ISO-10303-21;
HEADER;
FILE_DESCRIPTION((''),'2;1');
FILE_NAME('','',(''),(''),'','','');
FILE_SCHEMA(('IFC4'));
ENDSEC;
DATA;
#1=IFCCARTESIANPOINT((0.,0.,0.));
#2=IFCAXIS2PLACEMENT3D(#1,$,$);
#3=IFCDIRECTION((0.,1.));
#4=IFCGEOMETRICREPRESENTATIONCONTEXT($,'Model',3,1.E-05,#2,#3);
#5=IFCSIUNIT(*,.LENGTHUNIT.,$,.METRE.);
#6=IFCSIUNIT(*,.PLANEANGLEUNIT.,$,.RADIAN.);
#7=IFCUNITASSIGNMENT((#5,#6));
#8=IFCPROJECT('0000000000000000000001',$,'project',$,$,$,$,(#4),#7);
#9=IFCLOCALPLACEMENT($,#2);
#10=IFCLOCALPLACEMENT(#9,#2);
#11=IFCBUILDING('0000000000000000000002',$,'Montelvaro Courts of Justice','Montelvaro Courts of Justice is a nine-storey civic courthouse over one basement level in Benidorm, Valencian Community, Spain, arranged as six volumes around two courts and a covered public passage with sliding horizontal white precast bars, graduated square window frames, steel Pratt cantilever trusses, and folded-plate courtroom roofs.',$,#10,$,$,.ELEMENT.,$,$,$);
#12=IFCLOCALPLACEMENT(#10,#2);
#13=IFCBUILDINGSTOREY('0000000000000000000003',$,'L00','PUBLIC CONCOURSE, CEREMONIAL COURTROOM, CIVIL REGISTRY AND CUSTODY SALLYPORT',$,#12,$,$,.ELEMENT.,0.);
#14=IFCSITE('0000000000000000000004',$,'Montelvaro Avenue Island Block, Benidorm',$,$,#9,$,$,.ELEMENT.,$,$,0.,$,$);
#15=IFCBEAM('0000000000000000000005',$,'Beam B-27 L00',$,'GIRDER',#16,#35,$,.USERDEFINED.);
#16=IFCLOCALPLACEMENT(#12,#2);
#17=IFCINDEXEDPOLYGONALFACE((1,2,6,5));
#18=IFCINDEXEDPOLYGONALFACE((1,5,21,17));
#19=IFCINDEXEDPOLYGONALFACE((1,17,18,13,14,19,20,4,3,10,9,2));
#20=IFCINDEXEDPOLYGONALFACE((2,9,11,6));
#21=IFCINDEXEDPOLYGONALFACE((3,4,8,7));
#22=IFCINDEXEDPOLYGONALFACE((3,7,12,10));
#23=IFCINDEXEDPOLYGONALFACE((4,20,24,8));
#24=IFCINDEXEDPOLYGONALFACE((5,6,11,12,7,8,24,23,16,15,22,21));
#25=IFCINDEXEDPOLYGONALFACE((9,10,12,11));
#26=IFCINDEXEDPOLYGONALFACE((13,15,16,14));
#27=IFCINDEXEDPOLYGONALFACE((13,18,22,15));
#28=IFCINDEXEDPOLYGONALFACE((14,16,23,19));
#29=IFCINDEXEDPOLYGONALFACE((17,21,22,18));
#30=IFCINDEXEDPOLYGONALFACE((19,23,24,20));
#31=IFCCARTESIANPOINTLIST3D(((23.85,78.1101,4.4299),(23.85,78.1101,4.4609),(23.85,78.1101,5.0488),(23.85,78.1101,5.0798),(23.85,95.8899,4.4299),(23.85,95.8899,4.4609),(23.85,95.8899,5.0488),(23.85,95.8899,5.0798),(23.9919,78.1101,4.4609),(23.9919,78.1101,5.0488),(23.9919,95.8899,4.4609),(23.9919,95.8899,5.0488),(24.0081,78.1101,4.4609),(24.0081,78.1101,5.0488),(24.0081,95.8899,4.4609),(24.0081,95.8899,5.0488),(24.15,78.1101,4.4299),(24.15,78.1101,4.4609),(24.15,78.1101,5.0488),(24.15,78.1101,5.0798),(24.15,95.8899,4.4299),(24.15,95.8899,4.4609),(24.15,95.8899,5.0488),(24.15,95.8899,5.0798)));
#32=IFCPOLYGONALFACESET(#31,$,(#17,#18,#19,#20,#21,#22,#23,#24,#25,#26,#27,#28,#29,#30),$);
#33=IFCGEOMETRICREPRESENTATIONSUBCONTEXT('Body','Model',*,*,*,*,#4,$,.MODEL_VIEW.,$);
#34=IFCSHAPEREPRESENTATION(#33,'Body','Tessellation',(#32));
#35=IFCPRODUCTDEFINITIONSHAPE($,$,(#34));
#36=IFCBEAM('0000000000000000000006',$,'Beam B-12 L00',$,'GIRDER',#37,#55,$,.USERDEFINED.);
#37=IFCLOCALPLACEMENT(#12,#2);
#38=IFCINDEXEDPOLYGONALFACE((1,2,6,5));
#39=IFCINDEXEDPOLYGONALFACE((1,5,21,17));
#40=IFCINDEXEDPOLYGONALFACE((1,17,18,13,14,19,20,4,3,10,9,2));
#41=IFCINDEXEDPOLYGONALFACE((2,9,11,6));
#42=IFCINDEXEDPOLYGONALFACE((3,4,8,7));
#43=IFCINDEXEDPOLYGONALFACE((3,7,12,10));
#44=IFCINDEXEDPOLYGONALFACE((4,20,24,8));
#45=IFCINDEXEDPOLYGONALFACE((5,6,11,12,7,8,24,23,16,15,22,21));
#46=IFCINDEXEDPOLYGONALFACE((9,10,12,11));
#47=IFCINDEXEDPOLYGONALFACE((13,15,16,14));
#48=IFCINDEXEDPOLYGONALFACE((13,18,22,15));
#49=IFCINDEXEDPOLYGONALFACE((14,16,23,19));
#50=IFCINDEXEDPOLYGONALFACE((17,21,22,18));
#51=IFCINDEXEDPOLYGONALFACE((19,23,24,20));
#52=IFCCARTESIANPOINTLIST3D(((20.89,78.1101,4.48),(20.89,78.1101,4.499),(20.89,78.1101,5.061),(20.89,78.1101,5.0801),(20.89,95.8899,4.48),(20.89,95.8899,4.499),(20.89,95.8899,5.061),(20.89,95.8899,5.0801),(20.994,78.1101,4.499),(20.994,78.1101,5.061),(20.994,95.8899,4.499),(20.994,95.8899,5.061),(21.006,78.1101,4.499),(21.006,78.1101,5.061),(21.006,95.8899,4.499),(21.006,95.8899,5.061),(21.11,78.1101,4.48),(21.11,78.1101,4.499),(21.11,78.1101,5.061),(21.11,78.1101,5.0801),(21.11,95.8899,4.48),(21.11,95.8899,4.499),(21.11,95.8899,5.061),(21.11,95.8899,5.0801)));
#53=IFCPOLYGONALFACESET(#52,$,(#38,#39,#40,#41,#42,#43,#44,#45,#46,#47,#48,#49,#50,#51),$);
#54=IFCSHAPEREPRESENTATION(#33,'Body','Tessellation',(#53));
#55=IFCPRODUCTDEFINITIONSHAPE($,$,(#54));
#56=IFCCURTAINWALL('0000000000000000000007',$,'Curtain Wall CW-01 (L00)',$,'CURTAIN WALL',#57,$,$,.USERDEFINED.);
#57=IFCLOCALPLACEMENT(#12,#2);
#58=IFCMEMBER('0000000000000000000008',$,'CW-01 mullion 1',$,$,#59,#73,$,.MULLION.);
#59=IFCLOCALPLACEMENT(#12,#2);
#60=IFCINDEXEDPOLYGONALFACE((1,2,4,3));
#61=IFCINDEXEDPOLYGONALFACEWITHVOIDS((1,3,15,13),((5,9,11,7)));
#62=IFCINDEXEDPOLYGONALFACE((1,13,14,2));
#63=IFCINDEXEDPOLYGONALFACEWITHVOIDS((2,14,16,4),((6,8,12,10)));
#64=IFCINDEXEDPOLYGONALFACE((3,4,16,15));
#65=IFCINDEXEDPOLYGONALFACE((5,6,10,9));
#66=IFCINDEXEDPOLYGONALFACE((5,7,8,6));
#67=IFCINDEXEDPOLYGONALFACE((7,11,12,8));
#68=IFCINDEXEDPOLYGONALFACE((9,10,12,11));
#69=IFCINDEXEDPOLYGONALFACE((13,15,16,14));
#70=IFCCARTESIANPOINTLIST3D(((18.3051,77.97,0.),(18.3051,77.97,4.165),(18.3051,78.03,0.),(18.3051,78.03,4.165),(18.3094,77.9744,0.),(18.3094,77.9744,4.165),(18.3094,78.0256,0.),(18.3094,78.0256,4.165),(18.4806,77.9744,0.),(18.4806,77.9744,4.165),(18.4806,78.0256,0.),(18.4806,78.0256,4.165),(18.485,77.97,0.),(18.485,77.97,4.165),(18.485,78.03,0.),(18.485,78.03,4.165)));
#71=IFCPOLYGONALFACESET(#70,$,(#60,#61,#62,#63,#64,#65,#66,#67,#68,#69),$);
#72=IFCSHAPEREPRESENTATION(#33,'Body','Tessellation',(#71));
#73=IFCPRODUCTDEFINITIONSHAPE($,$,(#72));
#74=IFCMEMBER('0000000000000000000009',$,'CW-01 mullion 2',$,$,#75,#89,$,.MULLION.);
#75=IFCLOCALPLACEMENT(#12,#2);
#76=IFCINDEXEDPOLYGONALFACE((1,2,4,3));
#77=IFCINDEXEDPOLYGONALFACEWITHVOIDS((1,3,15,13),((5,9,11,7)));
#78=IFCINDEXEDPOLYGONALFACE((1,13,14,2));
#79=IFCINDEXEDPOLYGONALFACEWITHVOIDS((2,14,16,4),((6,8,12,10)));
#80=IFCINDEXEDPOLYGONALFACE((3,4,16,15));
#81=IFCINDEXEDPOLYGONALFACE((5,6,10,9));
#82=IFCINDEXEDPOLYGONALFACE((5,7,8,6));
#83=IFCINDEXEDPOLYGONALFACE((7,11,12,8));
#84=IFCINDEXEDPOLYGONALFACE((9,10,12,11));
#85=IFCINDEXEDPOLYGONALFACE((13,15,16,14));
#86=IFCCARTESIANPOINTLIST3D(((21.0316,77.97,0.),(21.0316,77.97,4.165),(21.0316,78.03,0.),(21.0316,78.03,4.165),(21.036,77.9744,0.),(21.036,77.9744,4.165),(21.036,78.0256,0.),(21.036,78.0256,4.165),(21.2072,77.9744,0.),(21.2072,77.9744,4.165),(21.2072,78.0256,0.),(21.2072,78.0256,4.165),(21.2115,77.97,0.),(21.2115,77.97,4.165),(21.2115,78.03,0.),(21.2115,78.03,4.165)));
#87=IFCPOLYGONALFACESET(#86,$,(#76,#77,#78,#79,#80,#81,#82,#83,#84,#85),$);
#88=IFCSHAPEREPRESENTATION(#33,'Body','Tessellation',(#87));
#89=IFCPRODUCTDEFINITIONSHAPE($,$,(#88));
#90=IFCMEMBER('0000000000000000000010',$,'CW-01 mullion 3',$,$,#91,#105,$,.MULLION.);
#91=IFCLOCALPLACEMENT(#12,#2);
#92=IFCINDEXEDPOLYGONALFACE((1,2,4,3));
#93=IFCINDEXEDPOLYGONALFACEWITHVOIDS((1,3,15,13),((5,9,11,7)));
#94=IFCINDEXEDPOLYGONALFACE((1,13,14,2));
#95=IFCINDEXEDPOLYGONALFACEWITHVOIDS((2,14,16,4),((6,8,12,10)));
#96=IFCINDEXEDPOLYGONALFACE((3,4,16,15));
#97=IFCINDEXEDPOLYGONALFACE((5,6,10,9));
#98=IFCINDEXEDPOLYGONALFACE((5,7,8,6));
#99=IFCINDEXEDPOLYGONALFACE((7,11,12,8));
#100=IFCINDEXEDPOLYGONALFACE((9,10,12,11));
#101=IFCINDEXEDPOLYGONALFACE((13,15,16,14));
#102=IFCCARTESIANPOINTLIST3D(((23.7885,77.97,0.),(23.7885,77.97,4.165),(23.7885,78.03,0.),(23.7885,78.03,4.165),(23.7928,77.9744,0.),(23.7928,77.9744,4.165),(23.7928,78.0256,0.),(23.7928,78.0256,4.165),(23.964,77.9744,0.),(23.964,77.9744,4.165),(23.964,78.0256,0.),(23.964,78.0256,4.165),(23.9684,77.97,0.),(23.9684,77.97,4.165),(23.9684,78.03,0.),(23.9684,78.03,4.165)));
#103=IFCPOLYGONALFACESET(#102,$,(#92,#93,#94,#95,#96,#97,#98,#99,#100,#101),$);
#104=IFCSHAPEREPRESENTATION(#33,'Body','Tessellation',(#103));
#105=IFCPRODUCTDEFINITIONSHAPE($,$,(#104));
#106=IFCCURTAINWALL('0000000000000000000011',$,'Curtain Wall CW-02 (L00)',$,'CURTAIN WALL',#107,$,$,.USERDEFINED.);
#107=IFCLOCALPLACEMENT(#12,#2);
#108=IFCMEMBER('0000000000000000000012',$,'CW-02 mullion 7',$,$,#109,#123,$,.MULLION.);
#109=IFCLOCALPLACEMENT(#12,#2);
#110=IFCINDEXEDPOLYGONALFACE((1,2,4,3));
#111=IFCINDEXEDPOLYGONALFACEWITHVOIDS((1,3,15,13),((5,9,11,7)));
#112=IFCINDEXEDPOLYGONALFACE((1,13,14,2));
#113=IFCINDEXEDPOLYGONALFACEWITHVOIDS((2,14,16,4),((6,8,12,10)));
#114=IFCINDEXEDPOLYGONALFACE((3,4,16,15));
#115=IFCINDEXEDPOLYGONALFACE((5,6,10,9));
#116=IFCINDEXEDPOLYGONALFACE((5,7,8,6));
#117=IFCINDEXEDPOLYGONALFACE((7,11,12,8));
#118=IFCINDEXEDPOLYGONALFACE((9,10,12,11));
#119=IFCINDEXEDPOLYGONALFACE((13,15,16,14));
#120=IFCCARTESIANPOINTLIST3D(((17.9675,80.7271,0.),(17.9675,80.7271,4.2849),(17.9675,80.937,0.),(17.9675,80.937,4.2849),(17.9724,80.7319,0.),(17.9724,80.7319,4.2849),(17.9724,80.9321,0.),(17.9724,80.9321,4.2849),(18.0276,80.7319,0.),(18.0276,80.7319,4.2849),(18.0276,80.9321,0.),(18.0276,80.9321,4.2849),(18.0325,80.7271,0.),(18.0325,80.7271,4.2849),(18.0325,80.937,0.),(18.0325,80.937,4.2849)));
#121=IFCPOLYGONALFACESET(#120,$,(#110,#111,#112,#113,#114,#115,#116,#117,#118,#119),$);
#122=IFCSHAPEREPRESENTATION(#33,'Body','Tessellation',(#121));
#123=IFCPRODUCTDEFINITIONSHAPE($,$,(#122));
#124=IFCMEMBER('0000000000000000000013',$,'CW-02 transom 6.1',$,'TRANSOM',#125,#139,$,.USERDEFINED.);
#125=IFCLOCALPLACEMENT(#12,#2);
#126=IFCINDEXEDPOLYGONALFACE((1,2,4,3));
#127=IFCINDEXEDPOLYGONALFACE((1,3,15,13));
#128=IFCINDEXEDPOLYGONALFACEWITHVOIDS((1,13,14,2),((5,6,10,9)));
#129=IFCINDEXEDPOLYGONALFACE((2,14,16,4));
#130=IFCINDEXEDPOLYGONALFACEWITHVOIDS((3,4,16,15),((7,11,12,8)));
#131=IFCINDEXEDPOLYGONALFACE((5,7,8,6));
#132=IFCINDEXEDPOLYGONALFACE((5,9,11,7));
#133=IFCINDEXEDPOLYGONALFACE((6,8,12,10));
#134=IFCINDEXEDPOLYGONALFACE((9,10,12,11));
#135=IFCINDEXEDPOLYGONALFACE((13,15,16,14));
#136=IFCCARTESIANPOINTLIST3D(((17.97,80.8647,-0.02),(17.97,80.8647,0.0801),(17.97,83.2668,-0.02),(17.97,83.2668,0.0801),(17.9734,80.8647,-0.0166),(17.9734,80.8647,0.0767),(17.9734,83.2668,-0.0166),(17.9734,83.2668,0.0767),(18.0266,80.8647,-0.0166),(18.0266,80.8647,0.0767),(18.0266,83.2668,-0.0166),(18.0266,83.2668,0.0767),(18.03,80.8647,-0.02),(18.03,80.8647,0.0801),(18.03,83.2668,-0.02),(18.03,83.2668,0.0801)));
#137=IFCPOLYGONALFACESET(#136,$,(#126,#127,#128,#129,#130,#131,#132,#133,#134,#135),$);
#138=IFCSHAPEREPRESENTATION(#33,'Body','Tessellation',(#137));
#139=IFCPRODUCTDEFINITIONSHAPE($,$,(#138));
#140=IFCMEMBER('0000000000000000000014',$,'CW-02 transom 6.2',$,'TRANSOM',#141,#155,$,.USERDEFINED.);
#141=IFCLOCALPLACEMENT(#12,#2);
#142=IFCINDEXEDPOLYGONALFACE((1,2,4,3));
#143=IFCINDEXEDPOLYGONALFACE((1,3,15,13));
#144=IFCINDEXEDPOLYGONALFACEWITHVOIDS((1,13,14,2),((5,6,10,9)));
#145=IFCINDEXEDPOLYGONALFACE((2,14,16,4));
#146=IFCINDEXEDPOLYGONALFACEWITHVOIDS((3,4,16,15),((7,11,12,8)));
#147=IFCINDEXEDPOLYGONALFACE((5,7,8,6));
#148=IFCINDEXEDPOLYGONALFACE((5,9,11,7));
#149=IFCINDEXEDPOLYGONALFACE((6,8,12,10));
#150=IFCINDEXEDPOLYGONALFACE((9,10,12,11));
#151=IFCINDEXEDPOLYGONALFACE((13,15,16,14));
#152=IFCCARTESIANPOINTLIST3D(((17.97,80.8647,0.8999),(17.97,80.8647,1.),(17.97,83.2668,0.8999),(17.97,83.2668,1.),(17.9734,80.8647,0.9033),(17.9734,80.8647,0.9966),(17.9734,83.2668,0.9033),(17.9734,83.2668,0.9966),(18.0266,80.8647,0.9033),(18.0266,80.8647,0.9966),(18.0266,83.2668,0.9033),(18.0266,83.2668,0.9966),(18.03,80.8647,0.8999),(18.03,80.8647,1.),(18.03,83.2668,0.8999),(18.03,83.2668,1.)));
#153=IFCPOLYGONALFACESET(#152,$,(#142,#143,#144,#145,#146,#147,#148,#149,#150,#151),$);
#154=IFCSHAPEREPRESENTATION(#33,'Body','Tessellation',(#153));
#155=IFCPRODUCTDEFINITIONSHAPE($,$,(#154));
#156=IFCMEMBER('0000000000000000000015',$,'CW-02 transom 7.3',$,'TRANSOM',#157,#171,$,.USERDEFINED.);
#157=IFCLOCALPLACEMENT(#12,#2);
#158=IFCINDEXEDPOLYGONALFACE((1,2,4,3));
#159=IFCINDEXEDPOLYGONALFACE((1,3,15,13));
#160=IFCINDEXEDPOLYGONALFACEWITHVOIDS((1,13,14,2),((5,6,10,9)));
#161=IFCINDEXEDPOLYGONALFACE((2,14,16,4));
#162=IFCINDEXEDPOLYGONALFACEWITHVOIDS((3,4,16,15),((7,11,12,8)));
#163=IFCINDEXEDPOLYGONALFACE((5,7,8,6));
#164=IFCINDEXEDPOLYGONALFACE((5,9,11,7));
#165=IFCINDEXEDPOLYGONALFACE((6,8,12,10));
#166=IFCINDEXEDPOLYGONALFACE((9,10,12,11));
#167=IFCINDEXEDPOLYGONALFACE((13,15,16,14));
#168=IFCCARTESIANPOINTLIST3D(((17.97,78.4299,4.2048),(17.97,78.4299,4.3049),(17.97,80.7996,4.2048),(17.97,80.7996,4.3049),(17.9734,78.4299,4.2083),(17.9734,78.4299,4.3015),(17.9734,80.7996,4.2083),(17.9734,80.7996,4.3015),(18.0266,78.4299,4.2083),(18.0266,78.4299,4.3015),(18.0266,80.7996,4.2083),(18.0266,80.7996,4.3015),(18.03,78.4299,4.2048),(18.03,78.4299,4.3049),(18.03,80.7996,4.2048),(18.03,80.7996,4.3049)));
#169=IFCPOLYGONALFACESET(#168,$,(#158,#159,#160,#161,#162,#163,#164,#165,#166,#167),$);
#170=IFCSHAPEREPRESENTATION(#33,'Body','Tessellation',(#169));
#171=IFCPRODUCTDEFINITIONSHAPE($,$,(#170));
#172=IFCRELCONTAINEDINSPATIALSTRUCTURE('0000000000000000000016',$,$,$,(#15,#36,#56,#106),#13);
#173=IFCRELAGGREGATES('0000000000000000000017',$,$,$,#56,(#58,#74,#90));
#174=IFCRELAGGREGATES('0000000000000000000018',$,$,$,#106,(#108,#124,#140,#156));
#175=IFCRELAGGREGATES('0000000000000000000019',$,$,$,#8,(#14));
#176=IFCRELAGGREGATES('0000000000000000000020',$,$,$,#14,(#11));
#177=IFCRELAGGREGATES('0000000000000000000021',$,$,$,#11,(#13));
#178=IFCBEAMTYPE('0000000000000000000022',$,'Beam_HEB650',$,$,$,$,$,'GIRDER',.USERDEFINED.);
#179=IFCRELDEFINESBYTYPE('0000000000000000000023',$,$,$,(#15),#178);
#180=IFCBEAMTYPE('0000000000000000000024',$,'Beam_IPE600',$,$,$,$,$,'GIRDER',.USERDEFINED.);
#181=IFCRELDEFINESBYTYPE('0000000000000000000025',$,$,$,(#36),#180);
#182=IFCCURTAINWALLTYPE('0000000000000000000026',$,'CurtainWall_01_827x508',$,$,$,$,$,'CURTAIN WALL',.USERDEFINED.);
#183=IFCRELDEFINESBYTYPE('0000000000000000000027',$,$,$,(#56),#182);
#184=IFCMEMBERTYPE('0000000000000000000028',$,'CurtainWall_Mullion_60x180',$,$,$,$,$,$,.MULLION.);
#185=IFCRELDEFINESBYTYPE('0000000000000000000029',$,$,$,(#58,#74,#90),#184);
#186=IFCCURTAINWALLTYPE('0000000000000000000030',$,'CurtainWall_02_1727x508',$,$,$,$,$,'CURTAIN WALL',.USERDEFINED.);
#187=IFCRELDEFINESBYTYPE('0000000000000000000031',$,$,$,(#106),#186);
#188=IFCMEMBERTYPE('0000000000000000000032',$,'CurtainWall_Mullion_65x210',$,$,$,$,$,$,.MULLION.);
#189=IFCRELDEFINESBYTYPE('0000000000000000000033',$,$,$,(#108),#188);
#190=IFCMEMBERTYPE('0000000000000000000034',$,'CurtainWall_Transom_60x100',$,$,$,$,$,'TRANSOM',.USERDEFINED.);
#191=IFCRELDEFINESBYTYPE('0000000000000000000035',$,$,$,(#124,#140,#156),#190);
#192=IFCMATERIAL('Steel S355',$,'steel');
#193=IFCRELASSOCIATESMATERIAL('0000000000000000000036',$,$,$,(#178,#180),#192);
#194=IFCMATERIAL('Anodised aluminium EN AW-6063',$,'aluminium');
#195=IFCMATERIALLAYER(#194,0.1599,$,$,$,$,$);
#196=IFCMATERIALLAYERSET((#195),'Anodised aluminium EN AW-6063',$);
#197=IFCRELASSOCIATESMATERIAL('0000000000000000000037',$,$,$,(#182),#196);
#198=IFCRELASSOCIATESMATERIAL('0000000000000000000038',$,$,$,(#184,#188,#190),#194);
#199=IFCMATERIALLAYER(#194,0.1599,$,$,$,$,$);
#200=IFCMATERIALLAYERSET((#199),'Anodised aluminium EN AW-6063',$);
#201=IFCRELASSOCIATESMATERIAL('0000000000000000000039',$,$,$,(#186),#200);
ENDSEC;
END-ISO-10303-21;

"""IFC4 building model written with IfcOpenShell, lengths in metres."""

from ifc_helpers import new_model, si_unit, direction, frame, origin, origin_2d, place, context, subcontext, project, spatial, hollow_rectangle, i_section, extrude, material, layer, layer_set, material_profile, profile_set, type_object, element, aggregate, save


model = new_model("IFC4")

# Units and contexts
model_context = context("Model", 3, precision=1e-05, world=origin(), true_north=direction((0.0, 1.0)))
body_context = subcontext(model_context, "Body", "Model", "MODEL_VIEW")
ifc_project = project(units=[si_unit("LENGTHUNIT", "METRE"), si_unit("PLANEANGLEUNIT", "RADIAN")], contexts=[model_context])

# Site, building, storey
site_placement = place(None, origin())
site = spatial("IfcSite", under=ifc_project, at=site_placement, Name="Montelvaro Avenue Island Block, Benidorm", CompositionType="ELEMENT", RefElevation=0.0)
building_placement = place(site_placement, origin())
building = spatial("IfcBuilding", under=site, at=building_placement, Name="Montelvaro Courts of Justice", Description="Montelvaro Courts of Justice is a nine-storey civic courthouse over one basement level in Benidorm, Valencian Community, Spain, arranged as six volumes around two courts and a covered public passage with sliding horizontal white precast bars, graduated square window frames, steel Pratt cantilever trusses, and folded-plate courtroom roofs.", CompositionType="ELEMENT")
storey_placement = place(building_placement, origin())
storey = spatial("IfcBuildingStorey", under=building, at=storey_placement, Name="L00", Description="PUBLIC CONCOURSE, CEREMONIAL COURTROOM, CIVIL REGISTRY AND CUSTODY SALLYPORT", CompositionType="ELEMENT", Elevation=0.0)

# Beams
ifc_material_1 = material(Name="Steel S355", Category="steel")
ifc_material_profile_1 = material_profile(ifc_material_1, i_section(OverallWidth=0.3, OverallDepth=0.6499, WebThickness=0.0161, FlangeThickness=0.031, at=origin_2d()), Name="HEB 650")
ifc_profile_set_1 = profile_set([ifc_material_profile_1], Name="Steel S355")
beam_type_1 = type_object("IfcBeamType", Name="Beam_HEB650", ElementType="GIRDER", PredefinedType="USERDEFINED", material=ifc_profile_set_1)
beam_1_placement = place(storey_placement, frame((24.0, 78.1101, 4.7549), z_axis=(0.0, 1.0, 0.0), x_axis=(-1.0, 0.0, 0.0)))
element("IfcBeam", 1, at=beam_1_placement, inside=storey, type_object=beam_type_1, Name="Beam B-27 L00", ObjectType="GIRDER", PredefinedType="USERDEFINED", context=body_context, shape_type="SweptSolid", body=[
    extrude(i_section(OverallWidth=0.3, OverallDepth=0.6499, WebThickness=0.0161, FlangeThickness=0.031, at=origin_2d()), origin(), (0.0, 0.0, 1.0), 17.7798),
])
ifc_material_profile_2 = material_profile(ifc_material_1, i_section(OverallWidth=0.22, OverallDepth=0.6001, WebThickness=0.012, FlangeThickness=0.019, at=origin_2d()), Name="IPE 600")
ifc_profile_set_2 = profile_set([ifc_material_profile_2], Name="Steel S355")
beam_type_2 = type_object("IfcBeamType", Name="Beam_IPE600", ElementType="GIRDER", PredefinedType="USERDEFINED", material=ifc_profile_set_2)
beam_2_placement = place(storey_placement, frame((21.0, 78.1101, 4.78), z_axis=(0.0, 1.0, 0.0), x_axis=(-1.0, 0.0, 0.0)))
element("IfcBeam", 2, at=beam_2_placement, inside=storey, type_object=beam_type_2, Name="Beam B-12 L00", ObjectType="GIRDER", PredefinedType="USERDEFINED", context=body_context, shape_type="SweptSolid", body=[
    extrude(i_section(OverallWidth=0.22, OverallDepth=0.6001, WebThickness=0.012, FlangeThickness=0.019, at=origin_2d()), origin(), (0.0, 0.0, 1.0), 17.7798),
])

# Curtain walls, members
ifc_material_2 = material(Name="Anodised aluminium EN AW-6063", Category="aluminium")
ifc_layer_1 = layer(ifc_material_2, 0.1599)
ifc_layer_set_1 = layer_set([ifc_layer_1], Name="Anodised aluminium EN AW-6063")
curtain_wall_type_1 = type_object("IfcCurtainWallType", Name="CurtainWall_01_827x508", ElementType="CURTAIN WALL", PredefinedType="USERDEFINED", material=ifc_layer_set_1)
curtain_wall_1_placement = place(storey_placement, origin())
curtain_wall_1 = element("IfcCurtainWall", 3, at=curtain_wall_1_placement, inside=storey, type_object=curtain_wall_type_1, Name="Curtain Wall CW-01 (L00)", ObjectType="CURTAIN WALL", PredefinedType="USERDEFINED")
ifc_material_profile_3 = material_profile(ifc_material_2, hollow_rectangle(XDim=0.0601, YDim=0.1799, WallThickness=0.0044, at=origin_2d()), Name="ALU-M 60x180")
ifc_profile_set_3 = profile_set([ifc_material_profile_3], Name="Anodised aluminium EN AW-6063")
member_type_1 = type_object("IfcMemberType", Name="CurtainWall_Mullion_60x180", PredefinedType="MULLION", material=ifc_profile_set_3)
member_1_placement = place(storey_placement, frame((18.395, 78.0, 0.0), z_axis=(0.0, 0.0, 1.0), x_axis=(0.0, 1.0, 0.0)))
member_1 = element("IfcMember", 4, at=member_1_placement, type_object=member_type_1, Name="CW-01 mullion 1", PredefinedType="MULLION", context=body_context, shape_type="SweptSolid", body=[
    extrude(hollow_rectangle(XDim=0.0601, YDim=0.1799, WallThickness=0.0044, at=origin_2d()), origin(), (0.0, 0.0, 1.0), 4.165),
])
member_2_placement = place(storey_placement, frame((21.1216, 78.0, 0.0), z_axis=(0.0, 0.0, 1.0), x_axis=(0.0, 1.0, 0.0)))
member_2 = element("IfcMember", 5, at=member_2_placement, type_object=member_type_1, Name="CW-01 mullion 2", PredefinedType="MULLION", context=body_context, shape_type="SweptSolid", body=[
    extrude(hollow_rectangle(XDim=0.0601, YDim=0.1799, WallThickness=0.0044, at=origin_2d()), origin(), (0.0, 0.0, 1.0), 4.165),
])
member_3_placement = place(storey_placement, frame((23.8784, 78.0, 0.0), z_axis=(0.0, 0.0, 1.0), x_axis=(0.0, 1.0, 0.0)))
member_3 = element("IfcMember", 6, at=member_3_placement, type_object=member_type_1, Name="CW-01 mullion 3", PredefinedType="MULLION", context=body_context, shape_type="SweptSolid", body=[
    extrude(hollow_rectangle(XDim=0.0601, YDim=0.1799, WallThickness=0.0044, at=origin_2d()), origin(), (0.0, 0.0, 1.0), 4.165),
])
ifc_layer_2 = layer(ifc_material_2, 0.1599)
ifc_layer_set_2 = layer_set([ifc_layer_2], Name="Anodised aluminium EN AW-6063")
curtain_wall_type_2 = type_object("IfcCurtainWallType", Name="CurtainWall_02_1727x508", ElementType="CURTAIN WALL", PredefinedType="USERDEFINED", material=ifc_layer_set_2)
curtain_wall_2_placement = place(storey_placement, origin())
curtain_wall_2 = element("IfcCurtainWall", 7, at=curtain_wall_2_placement, inside=storey, type_object=curtain_wall_type_2, Name="Curtain Wall CW-02 (L00)", ObjectType="CURTAIN WALL", PredefinedType="USERDEFINED")
ifc_material_profile_4 = material_profile(ifc_material_2, hollow_rectangle(XDim=0.0649, YDim=0.21, WallThickness=0.0049, at=origin_2d()), Name="ALU-M 65x210")
ifc_profile_set_4 = profile_set([ifc_material_profile_4], Name="Anodised aluminium EN AW-6063")
member_type_2 = type_object("IfcMemberType", Name="CurtainWall_Mullion_65x210", PredefinedType="MULLION", material=ifc_profile_set_4)
member_4_placement = place(storey_placement, frame((18.0, 80.832, 0.0), z_axis=(0.0, 0.0, 1.0), x_axis=(1.0, 0.0, 0.0)))
member_4 = element("IfcMember", 8, at=member_4_placement, type_object=member_type_2, Name="CW-02 mullion 7", PredefinedType="MULLION", context=body_context, shape_type="SweptSolid", body=[
    extrude(hollow_rectangle(XDim=0.0649, YDim=0.21, WallThickness=0.0049, at=origin_2d()), origin(), (0.0, 0.0, 1.0), 4.2849),
])
ifc_material_profile_5 = material_profile(ifc_material_2, hollow_rectangle(XDim=0.0601, YDim=0.1001, WallThickness=0.0034, at=origin_2d()), Name="ALU-T 60x100")
ifc_profile_set_5 = profile_set([ifc_material_profile_5], Name="Anodised aluminium EN AW-6063")
member_type_3 = type_object("IfcMemberType", Name="CurtainWall_Transom_60x100", ElementType="TRANSOM", PredefinedType="USERDEFINED", material=ifc_profile_set_5)
member_5_placement = place(storey_placement, frame((18.0, 83.2668, 0.03), z_axis=(0.0, -1.0, 0.0), x_axis=(1.0, 0.0, 0.0)))
member_5 = element("IfcMember", 9, at=member_5_placement, type_object=member_type_3, Name="CW-02 transom 6.1", ObjectType="TRANSOM", PredefinedType="USERDEFINED", context=body_context, shape_type="SweptSolid", body=[
    extrude(hollow_rectangle(XDim=0.0601, YDim=0.1001, WallThickness=0.0034, at=origin_2d()), origin(), (0.0, 0.0, 1.0), 2.4021),
])
member_6_placement = place(storey_placement, frame((18.0, 83.2668, 0.95), z_axis=(0.0, -1.0, 0.0), x_axis=(1.0, 0.0, 0.0)))
member_6 = element("IfcMember", 10, at=member_6_placement, type_object=member_type_3, Name="CW-02 transom 6.2", ObjectType="TRANSOM", PredefinedType="USERDEFINED", context=body_context, shape_type="SweptSolid", body=[
    extrude(hollow_rectangle(XDim=0.0601, YDim=0.1001, WallThickness=0.0034, at=origin_2d()), origin(), (0.0, 0.0, 1.0), 2.4021),
])
member_7_placement = place(storey_placement, frame((18.0, 80.7996, 4.2549), z_axis=(0.0, -1.0, 0.0), x_axis=(1.0, 0.0, 0.0)))
member_7 = element("IfcMember", 11, at=member_7_placement, type_object=member_type_3, Name="CW-02 transom 7.3", ObjectType="TRANSOM", PredefinedType="USERDEFINED", context=body_context, shape_type="SweptSolid", body=[
    extrude(hollow_rectangle(XDim=0.0601, YDim=0.1001, WallThickness=0.0034, at=origin_2d()), origin(), (0.0, 0.0, 1.0), 2.3696),
])

aggregate(curtain_wall_1, [member_1, member_2, member_3])
aggregate(curtain_wall_2, [member_4, member_5, member_6, member_7])

save(model, "model.ifc")
